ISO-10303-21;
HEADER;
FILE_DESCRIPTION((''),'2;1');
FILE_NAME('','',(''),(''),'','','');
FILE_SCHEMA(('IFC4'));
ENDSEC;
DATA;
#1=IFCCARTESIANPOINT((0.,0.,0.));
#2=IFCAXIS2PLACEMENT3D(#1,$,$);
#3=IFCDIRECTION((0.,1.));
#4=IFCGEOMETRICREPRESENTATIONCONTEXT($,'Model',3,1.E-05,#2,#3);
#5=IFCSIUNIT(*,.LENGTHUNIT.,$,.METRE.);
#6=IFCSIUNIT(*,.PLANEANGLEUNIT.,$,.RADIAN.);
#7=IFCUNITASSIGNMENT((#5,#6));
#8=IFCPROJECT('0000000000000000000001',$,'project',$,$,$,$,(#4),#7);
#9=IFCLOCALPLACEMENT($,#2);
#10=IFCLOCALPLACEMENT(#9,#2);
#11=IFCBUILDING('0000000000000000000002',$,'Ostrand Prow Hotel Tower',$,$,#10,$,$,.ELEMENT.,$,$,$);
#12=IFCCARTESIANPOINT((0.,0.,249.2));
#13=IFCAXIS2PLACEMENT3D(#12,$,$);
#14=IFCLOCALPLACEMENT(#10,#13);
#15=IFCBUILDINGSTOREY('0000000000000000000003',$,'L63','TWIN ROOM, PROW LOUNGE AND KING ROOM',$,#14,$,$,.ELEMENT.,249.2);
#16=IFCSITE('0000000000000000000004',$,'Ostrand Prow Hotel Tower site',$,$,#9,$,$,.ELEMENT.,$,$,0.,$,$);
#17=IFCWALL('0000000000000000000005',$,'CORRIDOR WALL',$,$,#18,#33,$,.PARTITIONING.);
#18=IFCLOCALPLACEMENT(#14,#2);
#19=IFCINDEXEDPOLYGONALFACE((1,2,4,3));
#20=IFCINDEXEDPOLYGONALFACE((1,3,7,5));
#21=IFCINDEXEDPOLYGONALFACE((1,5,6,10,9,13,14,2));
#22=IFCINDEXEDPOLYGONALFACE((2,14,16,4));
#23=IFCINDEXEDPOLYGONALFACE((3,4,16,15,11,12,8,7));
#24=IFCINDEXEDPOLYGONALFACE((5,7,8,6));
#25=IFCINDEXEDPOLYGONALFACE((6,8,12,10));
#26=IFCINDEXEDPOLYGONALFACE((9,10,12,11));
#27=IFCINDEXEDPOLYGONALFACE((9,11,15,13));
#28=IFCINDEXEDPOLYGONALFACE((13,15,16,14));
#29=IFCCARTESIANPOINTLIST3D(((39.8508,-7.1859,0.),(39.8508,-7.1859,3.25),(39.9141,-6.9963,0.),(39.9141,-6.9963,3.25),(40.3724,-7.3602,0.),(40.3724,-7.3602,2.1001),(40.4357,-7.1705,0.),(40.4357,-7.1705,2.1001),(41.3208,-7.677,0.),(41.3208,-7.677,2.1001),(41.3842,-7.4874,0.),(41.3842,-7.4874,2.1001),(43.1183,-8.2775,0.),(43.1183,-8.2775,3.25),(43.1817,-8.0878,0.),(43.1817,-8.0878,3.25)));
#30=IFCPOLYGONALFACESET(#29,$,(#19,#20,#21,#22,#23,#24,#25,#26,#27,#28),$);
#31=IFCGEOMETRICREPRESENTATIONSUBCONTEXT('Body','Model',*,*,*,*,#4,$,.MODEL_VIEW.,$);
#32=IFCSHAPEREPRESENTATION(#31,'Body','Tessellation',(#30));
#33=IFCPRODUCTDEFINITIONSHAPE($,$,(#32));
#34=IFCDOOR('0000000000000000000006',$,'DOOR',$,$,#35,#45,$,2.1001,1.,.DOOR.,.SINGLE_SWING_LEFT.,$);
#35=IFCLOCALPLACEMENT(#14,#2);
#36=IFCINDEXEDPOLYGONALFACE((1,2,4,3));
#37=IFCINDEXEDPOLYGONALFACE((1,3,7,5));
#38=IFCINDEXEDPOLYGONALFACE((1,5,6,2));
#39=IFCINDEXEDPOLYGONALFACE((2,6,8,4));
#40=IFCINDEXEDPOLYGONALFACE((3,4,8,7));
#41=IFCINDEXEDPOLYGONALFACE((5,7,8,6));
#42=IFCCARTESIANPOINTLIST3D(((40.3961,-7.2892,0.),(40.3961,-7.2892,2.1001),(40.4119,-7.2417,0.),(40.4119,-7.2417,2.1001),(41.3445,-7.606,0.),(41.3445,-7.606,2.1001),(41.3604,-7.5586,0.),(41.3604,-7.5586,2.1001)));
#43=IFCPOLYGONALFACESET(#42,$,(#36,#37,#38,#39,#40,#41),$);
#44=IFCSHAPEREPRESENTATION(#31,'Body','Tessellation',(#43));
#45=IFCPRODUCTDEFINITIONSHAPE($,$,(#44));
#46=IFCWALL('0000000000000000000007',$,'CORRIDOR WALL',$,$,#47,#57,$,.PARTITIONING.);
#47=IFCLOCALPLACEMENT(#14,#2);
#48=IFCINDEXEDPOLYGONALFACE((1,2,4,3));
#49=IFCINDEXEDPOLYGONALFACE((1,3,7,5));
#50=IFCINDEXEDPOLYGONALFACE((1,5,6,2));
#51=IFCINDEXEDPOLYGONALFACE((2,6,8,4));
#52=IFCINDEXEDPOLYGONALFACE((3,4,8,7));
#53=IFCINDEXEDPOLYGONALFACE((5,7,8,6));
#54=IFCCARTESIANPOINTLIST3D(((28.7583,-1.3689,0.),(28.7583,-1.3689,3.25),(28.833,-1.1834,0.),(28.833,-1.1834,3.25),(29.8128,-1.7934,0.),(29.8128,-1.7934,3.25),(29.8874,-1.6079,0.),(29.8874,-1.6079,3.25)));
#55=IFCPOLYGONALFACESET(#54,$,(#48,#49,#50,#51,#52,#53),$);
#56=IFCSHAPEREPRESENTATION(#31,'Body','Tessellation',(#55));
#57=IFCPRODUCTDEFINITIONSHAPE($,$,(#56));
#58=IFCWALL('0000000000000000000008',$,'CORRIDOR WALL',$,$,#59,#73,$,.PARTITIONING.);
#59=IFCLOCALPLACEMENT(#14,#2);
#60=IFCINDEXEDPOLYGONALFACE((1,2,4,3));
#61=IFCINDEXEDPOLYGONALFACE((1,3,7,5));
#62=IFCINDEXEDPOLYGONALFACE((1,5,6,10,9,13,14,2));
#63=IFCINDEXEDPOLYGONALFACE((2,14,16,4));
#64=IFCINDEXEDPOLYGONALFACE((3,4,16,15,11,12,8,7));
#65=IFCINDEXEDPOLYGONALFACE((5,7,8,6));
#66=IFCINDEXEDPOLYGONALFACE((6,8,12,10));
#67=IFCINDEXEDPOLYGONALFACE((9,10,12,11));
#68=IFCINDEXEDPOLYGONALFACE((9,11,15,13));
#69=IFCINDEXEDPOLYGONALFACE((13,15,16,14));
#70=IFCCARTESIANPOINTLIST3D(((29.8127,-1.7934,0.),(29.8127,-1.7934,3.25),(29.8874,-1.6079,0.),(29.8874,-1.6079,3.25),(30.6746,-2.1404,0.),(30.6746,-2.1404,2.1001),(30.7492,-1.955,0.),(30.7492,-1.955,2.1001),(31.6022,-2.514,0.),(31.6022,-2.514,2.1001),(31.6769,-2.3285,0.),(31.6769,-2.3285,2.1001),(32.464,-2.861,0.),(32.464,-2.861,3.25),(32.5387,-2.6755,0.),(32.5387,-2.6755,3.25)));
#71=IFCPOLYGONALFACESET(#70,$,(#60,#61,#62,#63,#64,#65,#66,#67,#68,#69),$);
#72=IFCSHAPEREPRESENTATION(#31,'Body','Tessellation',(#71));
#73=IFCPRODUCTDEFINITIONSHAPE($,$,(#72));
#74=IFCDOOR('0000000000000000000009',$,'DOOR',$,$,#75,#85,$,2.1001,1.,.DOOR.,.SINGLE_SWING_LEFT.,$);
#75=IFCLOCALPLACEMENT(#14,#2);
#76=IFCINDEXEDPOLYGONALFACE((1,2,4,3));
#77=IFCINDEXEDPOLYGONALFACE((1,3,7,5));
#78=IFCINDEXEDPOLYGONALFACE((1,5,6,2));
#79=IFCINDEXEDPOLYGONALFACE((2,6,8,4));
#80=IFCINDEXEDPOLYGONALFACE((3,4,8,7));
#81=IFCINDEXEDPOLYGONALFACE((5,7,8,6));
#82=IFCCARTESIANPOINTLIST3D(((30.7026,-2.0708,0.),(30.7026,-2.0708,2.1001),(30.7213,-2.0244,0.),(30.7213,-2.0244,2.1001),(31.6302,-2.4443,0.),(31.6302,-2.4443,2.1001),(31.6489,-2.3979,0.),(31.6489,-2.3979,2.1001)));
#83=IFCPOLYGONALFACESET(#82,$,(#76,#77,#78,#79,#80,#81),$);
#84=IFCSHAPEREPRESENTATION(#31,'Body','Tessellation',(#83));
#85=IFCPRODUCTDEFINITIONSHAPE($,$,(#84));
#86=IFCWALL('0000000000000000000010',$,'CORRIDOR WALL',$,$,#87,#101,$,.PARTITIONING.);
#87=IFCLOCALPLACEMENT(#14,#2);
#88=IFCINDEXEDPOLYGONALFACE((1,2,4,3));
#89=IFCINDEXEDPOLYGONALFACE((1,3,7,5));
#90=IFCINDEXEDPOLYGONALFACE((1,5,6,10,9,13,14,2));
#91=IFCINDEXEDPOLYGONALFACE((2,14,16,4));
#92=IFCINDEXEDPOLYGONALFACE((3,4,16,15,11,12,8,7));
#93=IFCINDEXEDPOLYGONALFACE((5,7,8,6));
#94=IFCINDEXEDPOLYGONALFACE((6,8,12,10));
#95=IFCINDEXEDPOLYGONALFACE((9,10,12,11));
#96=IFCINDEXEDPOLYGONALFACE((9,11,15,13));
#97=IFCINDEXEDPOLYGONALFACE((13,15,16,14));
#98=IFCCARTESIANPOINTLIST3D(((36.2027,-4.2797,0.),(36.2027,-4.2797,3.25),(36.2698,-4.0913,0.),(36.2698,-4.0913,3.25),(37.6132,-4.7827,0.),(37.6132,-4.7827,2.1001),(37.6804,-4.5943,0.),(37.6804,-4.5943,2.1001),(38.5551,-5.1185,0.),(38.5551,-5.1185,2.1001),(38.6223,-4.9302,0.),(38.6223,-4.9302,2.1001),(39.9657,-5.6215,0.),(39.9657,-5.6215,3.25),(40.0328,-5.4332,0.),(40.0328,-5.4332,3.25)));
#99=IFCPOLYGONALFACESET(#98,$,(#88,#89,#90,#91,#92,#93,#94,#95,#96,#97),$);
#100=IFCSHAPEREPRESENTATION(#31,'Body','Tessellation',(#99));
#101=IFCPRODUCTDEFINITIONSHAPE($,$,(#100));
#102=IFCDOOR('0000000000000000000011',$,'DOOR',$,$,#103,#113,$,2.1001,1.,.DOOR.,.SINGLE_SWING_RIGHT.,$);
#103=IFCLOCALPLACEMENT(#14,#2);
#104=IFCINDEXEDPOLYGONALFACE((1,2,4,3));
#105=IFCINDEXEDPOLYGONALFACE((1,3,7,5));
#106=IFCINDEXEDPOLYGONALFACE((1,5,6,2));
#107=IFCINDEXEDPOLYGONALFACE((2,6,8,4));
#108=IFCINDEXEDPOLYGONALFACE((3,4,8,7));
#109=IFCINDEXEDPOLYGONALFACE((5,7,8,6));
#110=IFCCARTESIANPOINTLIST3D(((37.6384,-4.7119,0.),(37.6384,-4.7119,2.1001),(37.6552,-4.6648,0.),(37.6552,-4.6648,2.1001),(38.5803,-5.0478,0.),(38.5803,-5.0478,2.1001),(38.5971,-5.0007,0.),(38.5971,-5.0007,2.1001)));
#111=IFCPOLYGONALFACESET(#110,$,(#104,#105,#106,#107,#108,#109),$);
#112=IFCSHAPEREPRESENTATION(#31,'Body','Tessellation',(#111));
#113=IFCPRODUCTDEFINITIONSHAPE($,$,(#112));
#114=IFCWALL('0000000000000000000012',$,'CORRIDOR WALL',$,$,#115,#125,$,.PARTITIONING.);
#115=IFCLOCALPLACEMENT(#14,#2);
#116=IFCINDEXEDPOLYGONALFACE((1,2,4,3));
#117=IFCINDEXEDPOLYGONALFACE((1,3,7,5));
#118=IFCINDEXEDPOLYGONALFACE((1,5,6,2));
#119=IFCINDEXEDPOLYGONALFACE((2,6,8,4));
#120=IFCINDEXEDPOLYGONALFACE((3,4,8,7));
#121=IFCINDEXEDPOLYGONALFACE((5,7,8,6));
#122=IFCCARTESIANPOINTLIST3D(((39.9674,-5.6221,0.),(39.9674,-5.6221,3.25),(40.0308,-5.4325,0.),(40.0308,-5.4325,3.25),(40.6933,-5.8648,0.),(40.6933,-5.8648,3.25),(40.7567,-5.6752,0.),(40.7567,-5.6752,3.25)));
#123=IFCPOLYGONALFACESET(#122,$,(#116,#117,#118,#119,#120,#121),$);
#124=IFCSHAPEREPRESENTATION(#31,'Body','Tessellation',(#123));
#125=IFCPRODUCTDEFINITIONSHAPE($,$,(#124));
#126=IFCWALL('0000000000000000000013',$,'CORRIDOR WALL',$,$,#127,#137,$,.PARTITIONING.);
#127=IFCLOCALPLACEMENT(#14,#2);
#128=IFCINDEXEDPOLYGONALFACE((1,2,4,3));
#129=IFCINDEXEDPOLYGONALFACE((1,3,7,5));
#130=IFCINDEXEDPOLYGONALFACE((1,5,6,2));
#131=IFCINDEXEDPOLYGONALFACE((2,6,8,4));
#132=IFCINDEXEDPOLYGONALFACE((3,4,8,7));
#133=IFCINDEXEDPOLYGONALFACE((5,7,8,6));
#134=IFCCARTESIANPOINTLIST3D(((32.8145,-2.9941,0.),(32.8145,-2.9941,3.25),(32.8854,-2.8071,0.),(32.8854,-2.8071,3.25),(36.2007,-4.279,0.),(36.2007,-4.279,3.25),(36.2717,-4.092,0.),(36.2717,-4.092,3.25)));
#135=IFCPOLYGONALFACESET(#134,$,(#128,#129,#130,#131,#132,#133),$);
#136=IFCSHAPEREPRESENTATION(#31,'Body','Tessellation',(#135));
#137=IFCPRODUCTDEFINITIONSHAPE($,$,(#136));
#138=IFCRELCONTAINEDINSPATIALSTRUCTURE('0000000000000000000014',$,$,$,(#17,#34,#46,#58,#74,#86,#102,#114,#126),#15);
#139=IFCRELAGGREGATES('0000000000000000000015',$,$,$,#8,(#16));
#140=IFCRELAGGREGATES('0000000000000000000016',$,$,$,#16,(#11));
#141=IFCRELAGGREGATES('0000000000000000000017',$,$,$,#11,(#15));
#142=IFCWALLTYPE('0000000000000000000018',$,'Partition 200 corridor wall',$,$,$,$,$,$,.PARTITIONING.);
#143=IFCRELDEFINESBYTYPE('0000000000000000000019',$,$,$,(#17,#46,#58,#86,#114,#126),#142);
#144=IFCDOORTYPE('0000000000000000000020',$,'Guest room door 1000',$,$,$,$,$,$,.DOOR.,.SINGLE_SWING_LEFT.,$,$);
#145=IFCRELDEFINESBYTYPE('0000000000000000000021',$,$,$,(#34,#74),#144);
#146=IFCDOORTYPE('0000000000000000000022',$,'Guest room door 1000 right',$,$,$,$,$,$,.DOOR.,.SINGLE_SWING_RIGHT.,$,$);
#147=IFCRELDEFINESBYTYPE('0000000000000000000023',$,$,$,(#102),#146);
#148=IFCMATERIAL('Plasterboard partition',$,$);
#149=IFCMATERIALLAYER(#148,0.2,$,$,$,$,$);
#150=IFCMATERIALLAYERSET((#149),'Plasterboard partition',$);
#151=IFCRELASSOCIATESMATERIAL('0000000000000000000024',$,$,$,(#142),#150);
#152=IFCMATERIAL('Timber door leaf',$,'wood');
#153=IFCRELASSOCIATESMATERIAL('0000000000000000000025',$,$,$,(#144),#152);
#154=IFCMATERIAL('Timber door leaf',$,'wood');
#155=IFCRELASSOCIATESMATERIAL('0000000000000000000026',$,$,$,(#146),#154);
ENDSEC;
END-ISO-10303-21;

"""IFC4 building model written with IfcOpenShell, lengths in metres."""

from ifc_helpers import new_model, si_unit, direction, frame, frame_2d, origin, place, context, subcontext, project, spatial, rectangle, extrude, material, layer, layer_set, type_object, element, fill, save


model = new_model("IFC4")

# Units and contexts
model_context = context("Model", 3, precision=1e-05, world=origin(), true_north=direction((0.0, 1.0)))
body_context = subcontext(model_context, "Body", "Model", "MODEL_VIEW")
ifc_project = project(units=[si_unit("LENGTHUNIT", "METRE"), si_unit("PLANEANGLEUNIT", "RADIAN")], contexts=[model_context])

# Site, building, storey
site_placement = place(None, origin())
site = spatial("IfcSite", under=ifc_project, at=site_placement, Name="Ostrand Prow Hotel Tower site", CompositionType="ELEMENT", RefElevation=0.0)
building_placement = place(site_placement, origin())
building = spatial("IfcBuilding", under=site, at=building_placement, Name="Ostrand Prow Hotel Tower", CompositionType="ELEMENT")
storey_placement = place(building_placement, frame((0.0, 0.0, 249.2)))
storey = spatial("IfcBuildingStorey", under=building, at=storey_placement, Name="L63", Description="TWIN ROOM, PROW LOUNGE AND KING ROOM", CompositionType="ELEMENT", Elevation=249.2)

# Wall, opening, door
ifc_material_1 = material(Name="Plasterboard partition")
ifc_layer_1 = layer(ifc_material_1, 0.2)
ifc_layer_set_1 = layer_set([ifc_layer_1], Name="Plasterboard partition")
wall_type_1 = type_object("IfcWallType", Name="Partition 200 corridor wall", PredefinedType="PARTITIONING", material=ifc_layer_set_1)
ifc_material_2 = material(Name="Timber door leaf", Category="wood")
door_type_1 = type_object("IfcDoorType", Name="Guest room door 1000", OperationType="SINGLE_SWING_LEFT", PredefinedType="DOOR", material=ifc_material_2)
wall_1_placement = place(storey_placement, frame((39.8823, -7.0911, 0.0), z_axis=(0.0, 0.0, 1.0), x_axis=(0.948478, -0.316844, 0.0)))
wall_1 = element("IfcWall", 1, at=wall_1_placement, inside=storey, type_object=wall_type_1, Name="CORRIDOR WALL", PredefinedType="PARTITIONING", context=body_context, shape_type="SweptSolid", body=[
    extrude(rectangle(XDim=3.4451, YDim=0.2, at=frame_2d((1.7227, 0.0))), origin(), (0.0, 0.0, 1.0), 3.25),
])
opening_1_placement = place(wall_1_placement, frame((0.55, 0.0, 0.0)))
opening_1 = element("IfcOpeningElement", 2, at=opening_1_placement, cuts=wall_1, PredefinedType="OPENING", context=body_context, shape_type="SweptSolid", body=[
    extrude(rectangle(XDim=1.0, YDim=2.1001, at=frame_2d((0.5, 1.05))), frame((0.0, 0.1099, 0.0), z_axis=(0.0, -1.0, 0.0), x_axis=(1.0, 0.0, 0.0)), (0.0, 0.0, 1.0), 0.22),
])
door_1_placement = place(opening_1_placement, origin())
door_1 = element("IfcDoor", 3, at=door_1_placement, inside=storey, type_object=door_type_1, Name="DOOR", OperationType="SINGLE_SWING_LEFT", OverallHeight=2.1001, OverallWidth=1.0, PredefinedType="DOOR", context=body_context, shape_type="SweptSolid", body=[
    extrude(rectangle(XDim=1.0, YDim=2.1001, at=frame_2d((0.5, 1.05))), frame((0.0, 0.0249, 0.0), z_axis=(0.0, -1.0, 0.0), x_axis=(1.0, 0.0, 0.0)), (0.0, 0.0, 1.0), 0.05),
])
fill(opening_1, door_1)

# Wall
wall_2_placement = place(storey_placement, frame((29.8501, -1.7007, 0.0), z_axis=(0.0, 0.0, 1.0), x_axis=(-0.92763, 0.3735, 0.0)))
element("IfcWall", 4, at=wall_2_placement, inside=storey, type_object=wall_type_1, Name="CORRIDOR WALL", PredefinedType="PARTITIONING", context=body_context, shape_type="SweptSolid", body=[
    extrude(rectangle(XDim=1.1367, YDim=0.2, at=frame_2d((0.5684, 0.0))), origin(), (0.0, 0.0, 1.0), 3.25),
])

# Walls, openings, doors
wall_3_placement = place(storey_placement, frame((32.5015, -2.7683, 0.0), z_axis=(0.0, 0.0, 1.0), x_axis=(-0.92762, 0.373525, 0.0)))
wall_3 = element("IfcWall", 5, at=wall_3_placement, inside=storey, type_object=wall_type_1, Name="CORRIDOR WALL", PredefinedType="PARTITIONING", context=body_context, shape_type="SweptSolid", body=[
    extrude(rectangle(XDim=2.8582, YDim=0.2, at=frame_2d((1.4292, 0.0))), origin(), (0.0, 0.0, 1.0), 3.25),
])
opening_2_placement = place(wall_3_placement, frame((0.9292, 0.0, 0.0)))
opening_2 = element("IfcOpeningElement", 6, at=opening_2_placement, cuts=wall_3, PredefinedType="OPENING", context=body_context, shape_type="SweptSolid", body=[
    extrude(rectangle(XDim=1.0, YDim=2.1001, at=frame_2d((0.5, 1.05))), frame((0.0, 0.1099, 0.0), z_axis=(0.0, -1.0, 0.0), x_axis=(1.0, 0.0, 0.0)), (0.0, 0.0, 1.0), 0.22),
])
door_2_placement = place(opening_2_placement, origin())
door_2 = element("IfcDoor", 7, at=door_2_placement, inside=storey, type_object=door_type_1, Name="DOOR", OperationType="SINGLE_SWING_LEFT", OverallHeight=2.1001, OverallWidth=1.0, PredefinedType="DOOR", context=body_context, shape_type="SweptSolid", body=[
    extrude(rectangle(XDim=1.0, YDim=2.1001, at=frame_2d((0.5, 1.05))), frame((0.0, 0.0249, 0.0), z_axis=(0.0, -1.0, 0.0), x_axis=(1.0, 0.0, 0.0)), (0.0, 0.0, 1.0), 0.05),
])
fill(opening_2, door_2)
wall_4_placement = place(storey_placement, frame((39.9993, -5.5273, 0.0), z_axis=(0.0, 0.0, 1.0), x_axis=(-0.941909, 0.335868, 0.0)))
wall_4 = element("IfcWall", 8, at=wall_4_placement, inside=storey, type_object=wall_type_1, Name="CORRIDOR WALL", PredefinedType="PARTITIONING", context=body_context, shape_type="SweptSolid", body=[
    extrude(rectangle(XDim=3.9951, YDim=0.2, at=frame_2d((1.9976, 0.0))), origin(), (0.0, 0.0, 1.0), 3.25),
])
opening_3_placement = place(wall_4_placement, frame((1.4976, 0.0, 0.0)))
opening_3 = element("IfcOpeningElement", 9, at=opening_3_placement, cuts=wall_4, PredefinedType="OPENING", context=body_context, shape_type="SweptSolid", body=[
    extrude(rectangle(XDim=1.0, YDim=2.1001, at=frame_2d((0.5, 1.05))), frame((0.0, 0.1099, 0.0), z_axis=(0.0, -1.0, 0.0), x_axis=(1.0, 0.0, 0.0)), (0.0, 0.0, 1.0), 0.22),
])
ifc_material_3 = material(Name="Timber door leaf", Category="wood")
door_type_2 = type_object("IfcDoorType", Name="Guest room door 1000 right", OperationType="SINGLE_SWING_RIGHT", PredefinedType="DOOR", material=ifc_material_3)
door_3_placement = place(opening_3_placement, origin())
door_3 = element("IfcDoor", 10, at=door_3_placement, inside=storey, type_object=door_type_2, Name="DOOR", OperationType="SINGLE_SWING_RIGHT", OverallHeight=2.1001, OverallWidth=1.0, PredefinedType="DOOR", context=body_context, shape_type="SweptSolid", body=[
    extrude(rectangle(XDim=1.0, YDim=2.1001, at=frame_2d((0.5, 1.05))), frame((0.0, 0.0249, 0.0), z_axis=(0.0, -1.0, 0.0), x_axis=(1.0, 0.0, 0.0)), (0.0, 0.0, 1.0), 0.05),
])
fill(opening_3, door_3)

# Walls
wall_5_placement = place(storey_placement, frame((40.7251, -5.77, 0.0), z_axis=(0.0, 0.0, 1.0), x_axis=(-0.948396, 0.317089, 0.0)))
element("IfcWall", 11, at=wall_5_placement, inside=storey, type_object=wall_type_1, Name="CORRIDOR WALL", PredefinedType="PARTITIONING", context=body_context, shape_type="SweptSolid", body=[
    extrude(rectangle(XDim=0.7654, YDim=0.2, at=frame_2d((0.3828, 0.0))), origin(), (0.0, 0.0, 1.0), 3.25),
])
wall_6_placement = place(storey_placement, frame((36.2363, -4.1855, 0.0), z_axis=(0.0, 0.0, 1.0), x_axis=(-0.934954, 0.35477, 0.0)))
element("IfcWall", 12, at=wall_6_placement, inside=storey, type_object=wall_type_1, Name="CORRIDOR WALL", PredefinedType="PARTITIONING", context=body_context, shape_type="SweptSolid", body=[
    extrude(rectangle(XDim=3.6218, YDim=0.2, at=frame_2d((1.811, 0.0))), origin(), (0.0, 0.0, 1.0), 3.25),
])

save(model, "model.ifc")
